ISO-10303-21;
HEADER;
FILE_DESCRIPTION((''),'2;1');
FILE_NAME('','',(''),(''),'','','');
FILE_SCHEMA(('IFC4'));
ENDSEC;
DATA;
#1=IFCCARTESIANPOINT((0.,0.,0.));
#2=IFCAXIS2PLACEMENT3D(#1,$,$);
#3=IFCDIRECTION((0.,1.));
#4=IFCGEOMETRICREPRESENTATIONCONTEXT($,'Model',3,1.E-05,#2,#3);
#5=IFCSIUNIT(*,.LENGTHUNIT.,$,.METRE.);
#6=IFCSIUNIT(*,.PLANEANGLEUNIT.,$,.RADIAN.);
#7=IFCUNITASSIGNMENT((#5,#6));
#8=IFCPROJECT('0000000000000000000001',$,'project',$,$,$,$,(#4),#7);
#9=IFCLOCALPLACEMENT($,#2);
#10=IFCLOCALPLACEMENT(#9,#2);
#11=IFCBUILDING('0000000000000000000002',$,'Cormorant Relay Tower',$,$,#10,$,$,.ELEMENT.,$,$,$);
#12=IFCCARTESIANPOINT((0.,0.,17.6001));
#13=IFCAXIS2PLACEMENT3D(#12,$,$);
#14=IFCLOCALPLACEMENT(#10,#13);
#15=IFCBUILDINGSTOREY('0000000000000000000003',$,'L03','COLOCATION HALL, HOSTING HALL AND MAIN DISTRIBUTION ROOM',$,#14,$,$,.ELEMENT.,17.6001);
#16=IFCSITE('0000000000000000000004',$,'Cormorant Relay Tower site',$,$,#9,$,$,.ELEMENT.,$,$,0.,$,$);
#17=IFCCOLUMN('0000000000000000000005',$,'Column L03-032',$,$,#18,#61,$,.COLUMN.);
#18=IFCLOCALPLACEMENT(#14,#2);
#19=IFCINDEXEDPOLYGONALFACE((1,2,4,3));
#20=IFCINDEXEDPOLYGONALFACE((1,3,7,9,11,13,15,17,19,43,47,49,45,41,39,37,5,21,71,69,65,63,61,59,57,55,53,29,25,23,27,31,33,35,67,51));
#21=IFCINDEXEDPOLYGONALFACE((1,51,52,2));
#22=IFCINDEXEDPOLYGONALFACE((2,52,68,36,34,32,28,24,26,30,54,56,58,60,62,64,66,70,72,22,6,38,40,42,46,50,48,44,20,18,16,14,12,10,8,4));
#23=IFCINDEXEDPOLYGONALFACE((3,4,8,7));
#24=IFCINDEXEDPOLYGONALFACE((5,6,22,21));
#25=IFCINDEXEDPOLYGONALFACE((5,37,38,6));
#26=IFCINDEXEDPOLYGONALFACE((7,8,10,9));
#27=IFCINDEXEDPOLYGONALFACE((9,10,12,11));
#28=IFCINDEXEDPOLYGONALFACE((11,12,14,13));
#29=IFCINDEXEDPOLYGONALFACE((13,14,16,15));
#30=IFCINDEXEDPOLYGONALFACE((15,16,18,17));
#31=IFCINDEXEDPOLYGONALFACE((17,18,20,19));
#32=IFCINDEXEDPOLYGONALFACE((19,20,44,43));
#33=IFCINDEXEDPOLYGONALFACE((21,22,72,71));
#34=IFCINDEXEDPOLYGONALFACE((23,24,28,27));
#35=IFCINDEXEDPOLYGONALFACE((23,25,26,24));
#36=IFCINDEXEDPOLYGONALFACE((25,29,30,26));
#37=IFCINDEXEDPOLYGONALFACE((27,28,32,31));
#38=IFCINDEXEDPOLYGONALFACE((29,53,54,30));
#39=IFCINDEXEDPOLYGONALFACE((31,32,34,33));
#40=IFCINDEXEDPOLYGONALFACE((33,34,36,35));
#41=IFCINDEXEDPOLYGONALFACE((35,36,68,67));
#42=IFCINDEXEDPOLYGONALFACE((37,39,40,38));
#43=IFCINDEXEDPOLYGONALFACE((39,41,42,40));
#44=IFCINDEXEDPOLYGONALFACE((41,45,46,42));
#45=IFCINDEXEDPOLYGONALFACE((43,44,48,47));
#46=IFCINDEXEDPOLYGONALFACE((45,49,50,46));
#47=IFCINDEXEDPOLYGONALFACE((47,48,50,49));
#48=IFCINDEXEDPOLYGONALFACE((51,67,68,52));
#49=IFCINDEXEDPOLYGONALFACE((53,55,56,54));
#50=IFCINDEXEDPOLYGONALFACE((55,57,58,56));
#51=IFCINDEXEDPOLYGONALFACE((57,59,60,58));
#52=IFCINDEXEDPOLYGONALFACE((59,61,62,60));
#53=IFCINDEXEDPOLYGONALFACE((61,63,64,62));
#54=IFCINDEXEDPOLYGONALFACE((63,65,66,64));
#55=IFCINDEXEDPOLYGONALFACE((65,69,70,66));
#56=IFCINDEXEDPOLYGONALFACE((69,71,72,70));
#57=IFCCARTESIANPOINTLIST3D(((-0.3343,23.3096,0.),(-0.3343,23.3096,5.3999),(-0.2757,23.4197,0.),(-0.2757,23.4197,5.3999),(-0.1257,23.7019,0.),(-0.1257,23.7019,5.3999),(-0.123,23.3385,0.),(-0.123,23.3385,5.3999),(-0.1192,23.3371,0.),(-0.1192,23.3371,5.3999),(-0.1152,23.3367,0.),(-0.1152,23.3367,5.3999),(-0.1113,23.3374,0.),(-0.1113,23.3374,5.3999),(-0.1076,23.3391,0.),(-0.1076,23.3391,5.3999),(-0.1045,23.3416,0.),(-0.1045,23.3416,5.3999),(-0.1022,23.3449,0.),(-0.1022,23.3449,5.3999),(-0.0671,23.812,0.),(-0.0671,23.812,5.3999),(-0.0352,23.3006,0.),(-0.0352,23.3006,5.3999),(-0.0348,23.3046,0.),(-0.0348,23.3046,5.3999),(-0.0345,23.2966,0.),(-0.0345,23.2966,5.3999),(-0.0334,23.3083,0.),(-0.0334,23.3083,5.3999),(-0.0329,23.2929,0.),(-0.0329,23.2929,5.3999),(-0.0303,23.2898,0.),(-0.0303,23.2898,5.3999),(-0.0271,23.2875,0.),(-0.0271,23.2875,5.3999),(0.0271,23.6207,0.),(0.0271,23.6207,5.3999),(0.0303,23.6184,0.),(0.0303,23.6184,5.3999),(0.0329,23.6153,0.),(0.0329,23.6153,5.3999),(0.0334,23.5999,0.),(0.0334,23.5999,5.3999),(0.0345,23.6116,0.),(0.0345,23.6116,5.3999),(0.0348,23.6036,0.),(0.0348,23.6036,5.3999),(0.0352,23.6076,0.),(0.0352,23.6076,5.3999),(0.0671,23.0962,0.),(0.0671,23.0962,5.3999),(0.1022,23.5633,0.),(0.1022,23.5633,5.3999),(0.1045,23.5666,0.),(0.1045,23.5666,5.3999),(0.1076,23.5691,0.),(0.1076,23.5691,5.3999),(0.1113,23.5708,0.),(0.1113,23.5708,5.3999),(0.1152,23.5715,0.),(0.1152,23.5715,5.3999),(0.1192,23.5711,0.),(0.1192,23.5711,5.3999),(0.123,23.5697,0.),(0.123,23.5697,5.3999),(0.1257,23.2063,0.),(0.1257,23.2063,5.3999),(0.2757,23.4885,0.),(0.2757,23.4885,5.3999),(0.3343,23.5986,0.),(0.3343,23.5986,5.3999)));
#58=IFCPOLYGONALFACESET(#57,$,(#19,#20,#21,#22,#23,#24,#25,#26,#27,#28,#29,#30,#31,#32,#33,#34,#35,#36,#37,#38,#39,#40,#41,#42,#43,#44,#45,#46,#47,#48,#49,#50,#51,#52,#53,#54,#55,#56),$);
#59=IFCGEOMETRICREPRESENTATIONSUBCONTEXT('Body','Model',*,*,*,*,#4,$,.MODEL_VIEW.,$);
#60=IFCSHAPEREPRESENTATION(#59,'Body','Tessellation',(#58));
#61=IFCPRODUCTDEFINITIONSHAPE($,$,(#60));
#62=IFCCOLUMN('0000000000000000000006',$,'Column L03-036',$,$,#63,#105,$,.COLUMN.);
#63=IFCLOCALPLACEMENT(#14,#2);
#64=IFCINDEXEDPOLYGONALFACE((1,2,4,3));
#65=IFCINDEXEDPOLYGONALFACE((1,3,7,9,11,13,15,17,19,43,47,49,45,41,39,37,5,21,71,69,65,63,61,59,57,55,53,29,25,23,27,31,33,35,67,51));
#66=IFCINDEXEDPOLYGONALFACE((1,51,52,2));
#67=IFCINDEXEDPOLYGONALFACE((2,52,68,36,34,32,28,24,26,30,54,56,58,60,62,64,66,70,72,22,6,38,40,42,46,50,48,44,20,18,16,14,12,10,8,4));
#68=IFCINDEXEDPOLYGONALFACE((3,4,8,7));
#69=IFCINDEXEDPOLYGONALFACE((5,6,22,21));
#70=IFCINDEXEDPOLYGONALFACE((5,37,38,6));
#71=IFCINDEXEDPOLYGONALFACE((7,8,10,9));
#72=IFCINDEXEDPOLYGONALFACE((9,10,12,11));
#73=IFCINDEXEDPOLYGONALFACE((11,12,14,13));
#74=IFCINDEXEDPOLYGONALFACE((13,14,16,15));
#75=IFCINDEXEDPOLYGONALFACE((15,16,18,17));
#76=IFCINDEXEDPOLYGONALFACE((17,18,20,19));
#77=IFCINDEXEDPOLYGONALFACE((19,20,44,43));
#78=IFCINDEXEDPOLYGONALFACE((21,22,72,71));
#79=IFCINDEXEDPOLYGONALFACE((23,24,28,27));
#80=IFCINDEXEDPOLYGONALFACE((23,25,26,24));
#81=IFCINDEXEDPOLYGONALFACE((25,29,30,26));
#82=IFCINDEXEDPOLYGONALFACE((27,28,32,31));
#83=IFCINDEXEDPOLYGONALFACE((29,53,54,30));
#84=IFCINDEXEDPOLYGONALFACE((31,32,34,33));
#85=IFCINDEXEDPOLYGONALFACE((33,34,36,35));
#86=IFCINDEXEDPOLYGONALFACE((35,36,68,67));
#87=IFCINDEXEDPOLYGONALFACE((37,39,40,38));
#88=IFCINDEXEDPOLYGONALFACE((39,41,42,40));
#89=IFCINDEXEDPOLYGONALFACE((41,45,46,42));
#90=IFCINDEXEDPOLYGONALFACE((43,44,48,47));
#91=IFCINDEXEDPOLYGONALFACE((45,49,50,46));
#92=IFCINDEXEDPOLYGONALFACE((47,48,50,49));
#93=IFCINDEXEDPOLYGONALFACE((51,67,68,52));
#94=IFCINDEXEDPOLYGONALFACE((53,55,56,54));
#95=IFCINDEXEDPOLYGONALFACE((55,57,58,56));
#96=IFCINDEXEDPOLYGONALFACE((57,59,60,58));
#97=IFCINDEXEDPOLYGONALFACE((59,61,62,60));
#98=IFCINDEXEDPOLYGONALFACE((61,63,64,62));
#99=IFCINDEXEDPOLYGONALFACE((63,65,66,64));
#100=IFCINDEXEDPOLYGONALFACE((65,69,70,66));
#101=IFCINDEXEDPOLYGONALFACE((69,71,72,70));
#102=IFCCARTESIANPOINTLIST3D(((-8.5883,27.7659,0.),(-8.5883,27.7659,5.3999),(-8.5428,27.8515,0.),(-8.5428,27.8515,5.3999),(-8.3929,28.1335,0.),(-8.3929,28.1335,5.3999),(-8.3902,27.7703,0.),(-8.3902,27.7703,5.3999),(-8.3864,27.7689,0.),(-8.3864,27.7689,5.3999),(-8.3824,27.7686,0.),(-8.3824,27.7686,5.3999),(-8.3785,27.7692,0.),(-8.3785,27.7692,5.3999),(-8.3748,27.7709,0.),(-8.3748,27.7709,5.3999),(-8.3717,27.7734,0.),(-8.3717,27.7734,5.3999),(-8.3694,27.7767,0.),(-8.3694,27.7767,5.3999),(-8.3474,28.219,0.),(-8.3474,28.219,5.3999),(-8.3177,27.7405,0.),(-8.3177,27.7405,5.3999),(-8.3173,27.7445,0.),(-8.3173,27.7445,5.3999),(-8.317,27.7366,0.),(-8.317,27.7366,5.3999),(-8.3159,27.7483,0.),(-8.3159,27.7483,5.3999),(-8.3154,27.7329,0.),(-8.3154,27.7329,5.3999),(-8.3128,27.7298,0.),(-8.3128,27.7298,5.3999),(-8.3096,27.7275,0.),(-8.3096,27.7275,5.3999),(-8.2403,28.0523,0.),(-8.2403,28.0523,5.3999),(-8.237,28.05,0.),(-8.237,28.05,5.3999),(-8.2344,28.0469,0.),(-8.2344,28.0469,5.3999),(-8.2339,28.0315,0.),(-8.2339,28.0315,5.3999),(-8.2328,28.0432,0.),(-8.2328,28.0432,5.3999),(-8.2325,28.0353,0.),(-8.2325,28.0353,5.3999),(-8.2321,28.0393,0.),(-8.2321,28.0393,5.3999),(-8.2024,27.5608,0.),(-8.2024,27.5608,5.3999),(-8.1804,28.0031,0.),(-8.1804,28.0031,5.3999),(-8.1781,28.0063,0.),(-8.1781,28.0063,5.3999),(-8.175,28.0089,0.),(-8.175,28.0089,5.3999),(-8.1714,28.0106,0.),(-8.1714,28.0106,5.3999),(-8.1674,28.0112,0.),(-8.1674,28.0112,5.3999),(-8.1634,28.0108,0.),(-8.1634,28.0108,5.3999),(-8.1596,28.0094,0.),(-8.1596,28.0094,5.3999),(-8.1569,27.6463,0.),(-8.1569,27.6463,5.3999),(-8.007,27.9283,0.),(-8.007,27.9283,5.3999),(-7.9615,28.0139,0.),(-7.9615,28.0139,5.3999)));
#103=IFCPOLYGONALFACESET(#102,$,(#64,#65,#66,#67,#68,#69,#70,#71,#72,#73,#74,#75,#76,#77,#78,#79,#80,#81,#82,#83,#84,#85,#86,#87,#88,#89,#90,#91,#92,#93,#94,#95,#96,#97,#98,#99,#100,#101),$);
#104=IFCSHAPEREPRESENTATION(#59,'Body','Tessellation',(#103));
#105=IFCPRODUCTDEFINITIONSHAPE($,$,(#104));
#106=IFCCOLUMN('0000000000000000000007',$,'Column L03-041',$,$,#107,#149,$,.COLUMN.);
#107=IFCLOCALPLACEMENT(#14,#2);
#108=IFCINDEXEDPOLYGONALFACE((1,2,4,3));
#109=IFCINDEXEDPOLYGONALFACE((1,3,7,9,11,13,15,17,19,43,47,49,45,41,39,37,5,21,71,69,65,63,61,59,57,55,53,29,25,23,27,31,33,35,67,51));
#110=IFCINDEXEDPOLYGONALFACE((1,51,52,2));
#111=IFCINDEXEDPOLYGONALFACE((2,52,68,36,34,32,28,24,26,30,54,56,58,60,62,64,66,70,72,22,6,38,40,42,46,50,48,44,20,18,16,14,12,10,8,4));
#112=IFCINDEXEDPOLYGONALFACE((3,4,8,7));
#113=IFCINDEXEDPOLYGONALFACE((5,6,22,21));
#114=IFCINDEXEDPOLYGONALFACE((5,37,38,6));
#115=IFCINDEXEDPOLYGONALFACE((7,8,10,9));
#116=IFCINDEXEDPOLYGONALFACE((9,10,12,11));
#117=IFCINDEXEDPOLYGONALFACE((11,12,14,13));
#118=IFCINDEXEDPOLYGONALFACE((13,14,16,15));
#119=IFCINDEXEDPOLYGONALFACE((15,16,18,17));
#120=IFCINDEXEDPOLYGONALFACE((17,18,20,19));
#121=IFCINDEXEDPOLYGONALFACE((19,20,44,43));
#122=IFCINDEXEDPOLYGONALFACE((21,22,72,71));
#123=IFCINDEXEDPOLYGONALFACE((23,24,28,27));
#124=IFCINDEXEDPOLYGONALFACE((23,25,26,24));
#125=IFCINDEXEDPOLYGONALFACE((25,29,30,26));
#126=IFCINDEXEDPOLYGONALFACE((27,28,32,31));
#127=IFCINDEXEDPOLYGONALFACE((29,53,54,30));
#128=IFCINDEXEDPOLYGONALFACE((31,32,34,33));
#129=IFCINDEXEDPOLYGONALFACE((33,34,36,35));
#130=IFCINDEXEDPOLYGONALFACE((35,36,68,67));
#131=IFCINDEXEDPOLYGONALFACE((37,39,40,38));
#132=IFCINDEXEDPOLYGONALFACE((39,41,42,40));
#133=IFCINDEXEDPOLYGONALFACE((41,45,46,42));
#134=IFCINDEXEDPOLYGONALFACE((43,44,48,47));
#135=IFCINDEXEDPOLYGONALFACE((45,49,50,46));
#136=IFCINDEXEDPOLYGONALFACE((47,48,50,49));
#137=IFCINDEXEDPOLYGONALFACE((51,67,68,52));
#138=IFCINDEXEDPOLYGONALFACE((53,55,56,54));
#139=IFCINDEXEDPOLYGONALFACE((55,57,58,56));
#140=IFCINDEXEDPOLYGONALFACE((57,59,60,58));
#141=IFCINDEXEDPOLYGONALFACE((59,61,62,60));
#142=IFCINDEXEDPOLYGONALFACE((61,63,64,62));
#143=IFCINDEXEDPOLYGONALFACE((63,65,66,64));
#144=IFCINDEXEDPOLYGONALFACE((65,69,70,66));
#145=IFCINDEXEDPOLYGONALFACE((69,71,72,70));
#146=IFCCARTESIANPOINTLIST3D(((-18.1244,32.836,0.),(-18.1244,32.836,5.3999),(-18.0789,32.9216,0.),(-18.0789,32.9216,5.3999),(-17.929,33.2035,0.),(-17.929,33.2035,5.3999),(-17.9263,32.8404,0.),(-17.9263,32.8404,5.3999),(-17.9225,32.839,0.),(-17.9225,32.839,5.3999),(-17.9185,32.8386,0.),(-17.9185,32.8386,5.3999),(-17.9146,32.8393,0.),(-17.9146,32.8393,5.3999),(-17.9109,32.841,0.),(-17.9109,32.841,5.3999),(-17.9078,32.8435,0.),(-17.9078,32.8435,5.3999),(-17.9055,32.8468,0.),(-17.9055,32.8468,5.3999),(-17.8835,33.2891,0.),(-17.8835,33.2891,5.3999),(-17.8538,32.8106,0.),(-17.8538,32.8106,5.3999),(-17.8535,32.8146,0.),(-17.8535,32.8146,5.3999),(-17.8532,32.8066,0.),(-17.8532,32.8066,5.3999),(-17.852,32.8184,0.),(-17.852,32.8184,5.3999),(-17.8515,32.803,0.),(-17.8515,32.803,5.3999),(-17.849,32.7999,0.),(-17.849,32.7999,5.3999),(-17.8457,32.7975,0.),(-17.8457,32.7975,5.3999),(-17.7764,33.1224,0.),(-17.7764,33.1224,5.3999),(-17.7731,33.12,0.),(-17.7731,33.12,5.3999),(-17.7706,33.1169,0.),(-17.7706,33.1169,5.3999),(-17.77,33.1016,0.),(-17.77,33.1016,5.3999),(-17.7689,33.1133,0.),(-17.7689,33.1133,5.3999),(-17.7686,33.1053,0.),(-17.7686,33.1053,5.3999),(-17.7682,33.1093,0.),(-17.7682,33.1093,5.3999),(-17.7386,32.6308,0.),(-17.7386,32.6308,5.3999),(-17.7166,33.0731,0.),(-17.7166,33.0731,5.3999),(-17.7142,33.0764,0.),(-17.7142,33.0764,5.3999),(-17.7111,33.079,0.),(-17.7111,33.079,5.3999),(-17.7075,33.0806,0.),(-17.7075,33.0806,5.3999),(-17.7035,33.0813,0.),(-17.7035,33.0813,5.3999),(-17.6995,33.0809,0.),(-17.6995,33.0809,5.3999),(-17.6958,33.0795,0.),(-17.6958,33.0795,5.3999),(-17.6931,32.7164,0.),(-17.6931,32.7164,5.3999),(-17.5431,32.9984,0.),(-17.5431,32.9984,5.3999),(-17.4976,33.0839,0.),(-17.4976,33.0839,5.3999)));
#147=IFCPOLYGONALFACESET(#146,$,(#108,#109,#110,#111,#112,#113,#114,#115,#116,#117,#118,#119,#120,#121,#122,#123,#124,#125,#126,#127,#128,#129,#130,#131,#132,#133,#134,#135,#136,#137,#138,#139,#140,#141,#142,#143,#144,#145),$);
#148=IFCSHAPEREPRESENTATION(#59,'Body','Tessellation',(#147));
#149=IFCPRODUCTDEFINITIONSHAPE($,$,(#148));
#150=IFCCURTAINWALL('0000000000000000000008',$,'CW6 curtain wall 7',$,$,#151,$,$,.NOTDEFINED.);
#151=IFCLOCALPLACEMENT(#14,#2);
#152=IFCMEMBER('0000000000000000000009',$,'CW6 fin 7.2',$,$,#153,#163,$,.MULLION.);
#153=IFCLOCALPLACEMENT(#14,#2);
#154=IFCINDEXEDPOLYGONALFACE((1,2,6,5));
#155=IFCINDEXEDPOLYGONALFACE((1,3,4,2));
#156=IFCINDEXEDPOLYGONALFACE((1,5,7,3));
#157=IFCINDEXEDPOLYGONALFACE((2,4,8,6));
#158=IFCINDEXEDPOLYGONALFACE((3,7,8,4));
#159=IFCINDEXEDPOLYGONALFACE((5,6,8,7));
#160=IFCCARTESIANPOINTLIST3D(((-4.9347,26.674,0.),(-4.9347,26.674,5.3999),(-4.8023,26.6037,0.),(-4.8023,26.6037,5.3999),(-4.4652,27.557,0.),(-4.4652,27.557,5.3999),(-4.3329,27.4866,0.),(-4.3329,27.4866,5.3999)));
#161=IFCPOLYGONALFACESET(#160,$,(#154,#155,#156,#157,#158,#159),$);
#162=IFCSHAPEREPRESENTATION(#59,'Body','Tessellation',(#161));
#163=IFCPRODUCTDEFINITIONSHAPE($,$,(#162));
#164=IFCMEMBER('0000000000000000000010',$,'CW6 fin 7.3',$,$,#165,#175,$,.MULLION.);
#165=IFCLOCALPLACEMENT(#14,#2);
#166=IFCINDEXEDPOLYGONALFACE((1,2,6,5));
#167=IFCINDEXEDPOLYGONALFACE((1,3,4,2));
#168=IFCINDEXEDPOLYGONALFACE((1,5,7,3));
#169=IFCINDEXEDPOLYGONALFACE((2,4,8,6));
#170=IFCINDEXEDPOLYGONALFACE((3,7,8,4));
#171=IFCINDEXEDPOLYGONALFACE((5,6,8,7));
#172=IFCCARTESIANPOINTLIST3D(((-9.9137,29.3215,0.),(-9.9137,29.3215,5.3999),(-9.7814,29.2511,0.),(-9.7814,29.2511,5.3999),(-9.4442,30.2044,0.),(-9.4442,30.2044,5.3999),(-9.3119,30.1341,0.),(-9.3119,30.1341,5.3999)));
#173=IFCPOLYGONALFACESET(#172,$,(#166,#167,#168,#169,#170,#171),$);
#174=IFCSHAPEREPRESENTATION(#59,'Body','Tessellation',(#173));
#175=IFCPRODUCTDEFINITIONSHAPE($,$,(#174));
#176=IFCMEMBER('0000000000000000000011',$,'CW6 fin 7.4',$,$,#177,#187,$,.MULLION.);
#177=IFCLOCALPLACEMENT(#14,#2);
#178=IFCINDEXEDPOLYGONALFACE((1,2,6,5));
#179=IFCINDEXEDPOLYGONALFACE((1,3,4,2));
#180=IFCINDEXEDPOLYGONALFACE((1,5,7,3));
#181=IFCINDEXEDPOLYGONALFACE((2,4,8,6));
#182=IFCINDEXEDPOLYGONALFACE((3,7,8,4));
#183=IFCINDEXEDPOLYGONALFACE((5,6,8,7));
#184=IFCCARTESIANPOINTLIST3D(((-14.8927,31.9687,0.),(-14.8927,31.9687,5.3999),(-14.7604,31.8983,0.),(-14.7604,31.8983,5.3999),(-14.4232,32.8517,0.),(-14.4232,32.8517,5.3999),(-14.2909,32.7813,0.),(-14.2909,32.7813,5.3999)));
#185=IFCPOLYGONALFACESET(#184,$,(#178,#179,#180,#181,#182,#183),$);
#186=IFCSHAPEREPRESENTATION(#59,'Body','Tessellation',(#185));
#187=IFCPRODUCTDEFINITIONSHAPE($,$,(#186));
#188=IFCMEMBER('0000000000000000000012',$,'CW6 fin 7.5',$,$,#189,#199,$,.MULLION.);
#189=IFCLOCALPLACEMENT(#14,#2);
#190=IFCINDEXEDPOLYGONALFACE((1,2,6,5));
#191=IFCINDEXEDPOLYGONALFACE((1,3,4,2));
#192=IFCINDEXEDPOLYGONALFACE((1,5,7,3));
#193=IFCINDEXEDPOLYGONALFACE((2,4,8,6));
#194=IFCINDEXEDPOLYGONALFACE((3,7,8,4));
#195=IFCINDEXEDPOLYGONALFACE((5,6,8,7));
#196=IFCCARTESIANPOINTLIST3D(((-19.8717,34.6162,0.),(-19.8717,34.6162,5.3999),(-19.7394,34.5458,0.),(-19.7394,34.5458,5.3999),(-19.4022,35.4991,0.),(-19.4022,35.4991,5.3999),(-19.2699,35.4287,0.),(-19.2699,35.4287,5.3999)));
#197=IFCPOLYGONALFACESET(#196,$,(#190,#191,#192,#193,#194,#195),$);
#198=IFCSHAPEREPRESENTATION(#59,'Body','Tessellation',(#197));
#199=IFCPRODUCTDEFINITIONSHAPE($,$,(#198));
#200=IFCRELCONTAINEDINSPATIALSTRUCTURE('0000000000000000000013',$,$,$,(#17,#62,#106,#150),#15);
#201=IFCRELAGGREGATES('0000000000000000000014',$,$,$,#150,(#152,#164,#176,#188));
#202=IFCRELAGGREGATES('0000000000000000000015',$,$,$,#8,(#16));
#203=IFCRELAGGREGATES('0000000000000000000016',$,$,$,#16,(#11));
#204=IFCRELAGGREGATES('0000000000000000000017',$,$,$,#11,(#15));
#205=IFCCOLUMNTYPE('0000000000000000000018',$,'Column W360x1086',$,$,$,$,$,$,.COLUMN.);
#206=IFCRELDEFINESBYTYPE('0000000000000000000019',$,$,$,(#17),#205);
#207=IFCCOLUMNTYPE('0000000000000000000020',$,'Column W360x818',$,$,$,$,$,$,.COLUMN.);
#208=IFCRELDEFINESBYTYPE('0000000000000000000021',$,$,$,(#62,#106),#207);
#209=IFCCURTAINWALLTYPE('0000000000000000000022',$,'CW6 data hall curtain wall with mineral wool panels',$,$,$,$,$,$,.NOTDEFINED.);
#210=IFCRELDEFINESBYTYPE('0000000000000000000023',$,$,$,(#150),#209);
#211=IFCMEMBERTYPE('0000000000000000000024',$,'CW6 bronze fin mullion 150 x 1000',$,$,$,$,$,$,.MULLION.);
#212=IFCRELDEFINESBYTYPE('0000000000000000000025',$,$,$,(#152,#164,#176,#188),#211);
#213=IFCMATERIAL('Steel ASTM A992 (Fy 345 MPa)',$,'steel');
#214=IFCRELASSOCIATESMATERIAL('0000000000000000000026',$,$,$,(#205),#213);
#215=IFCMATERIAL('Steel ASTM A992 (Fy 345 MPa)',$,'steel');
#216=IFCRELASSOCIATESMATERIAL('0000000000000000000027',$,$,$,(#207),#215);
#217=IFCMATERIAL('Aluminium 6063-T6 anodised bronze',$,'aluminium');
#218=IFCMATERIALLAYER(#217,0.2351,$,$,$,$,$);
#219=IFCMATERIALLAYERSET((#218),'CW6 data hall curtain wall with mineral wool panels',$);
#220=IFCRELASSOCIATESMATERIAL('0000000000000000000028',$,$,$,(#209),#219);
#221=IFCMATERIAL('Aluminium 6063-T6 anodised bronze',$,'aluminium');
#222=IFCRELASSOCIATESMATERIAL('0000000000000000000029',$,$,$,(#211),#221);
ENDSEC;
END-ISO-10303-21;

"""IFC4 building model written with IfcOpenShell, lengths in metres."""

from ifc_helpers import new_model, si_unit, direction, frame, origin, origin_2d, place, context, subcontext, project, spatial, rectangle, i_section, extrude, material, layer, layer_set, material_profile, profile_set, type_object, element, aggregate, save


model = new_model("IFC4")

# Units and contexts
model_context = context("Model", 3, precision=1e-05, world=origin(), true_north=direction((0.0, 1.0)))
body_context = subcontext(model_context, "Body", "Model", "MODEL_VIEW")
ifc_project = project(units=[si_unit("LENGTHUNIT", "METRE"), si_unit("PLANEANGLEUNIT", "RADIAN")], contexts=[model_context])

# Site, building, storey
site_placement = place(None, origin())
site = spatial("IfcSite", under=ifc_project, at=site_placement, Name="Cormorant Relay Tower site", CompositionType="ELEMENT", RefElevation=0.0)
building_placement = place(site_placement, origin())
building = spatial("IfcBuilding", under=site, at=building_placement, Name="Cormorant Relay Tower", CompositionType="ELEMENT")
storey_placement = place(building_placement, frame((0.0, 0.0, 17.6001)))
storey = spatial("IfcBuildingStorey", under=building, at=storey_placement, Name="L03", Description="COLOCATION HALL, HOSTING HALL AND MAIN DISTRIBUTION ROOM", CompositionType="ELEMENT", Elevation=17.6001)

# Columns
ifc_material_1 = material(Name="Steel ASTM A992 (Fy 345 MPa)", Category="steel")
ifc_material_profile_1 = material_profile(ifc_material_1, i_section(OverallWidth=0.4546, OverallDepth=0.5691, WebThickness=0.0779, FlangeThickness=0.1248, FilletRadius=0.0154, at=origin_2d()), Name="W360x1086")
ifc_profile_set_1 = profile_set([ifc_material_profile_1], Name="Steel ASTM A992 (Fy 345 MPa)")
column_type_1 = type_object("IfcColumnType", Name="Column W360x1086", PredefinedType="COLUMN", material=ifc_profile_set_1)
column_placement = place(storey_placement, frame((0.0, 23.4541, 0.0), z_axis=(0.0, 0.0, 1.0), x_axis=(-0.882948, 0.469472, 0.0)))
element("IfcColumn", 1, at=column_placement, inside=storey, type_object=column_type_1, Name="Column L03-032", PredefinedType="COLUMN", context=body_context, shape_type="SweptSolid", body=[
    extrude(i_section(OverallWidth=0.4546, OverallDepth=0.5691, WebThickness=0.0779, FlangeThickness=0.1248, FilletRadius=0.0154, at=origin_2d()), origin(), (0.0, 0.0, 1.0), 5.3999),
])
ifc_material_2 = material(Name="Steel ASTM A992 (Fy 345 MPa)", Category="steel")
ifc_material_profile_2 = material_profile(ifc_material_2, i_section(OverallWidth=0.437, OverallDepth=0.5132, WebThickness=0.0605, FlangeThickness=0.0969, FilletRadius=0.0154, at=origin_2d()), Name="W360x818")
ifc_profile_set_2 = profile_set([ifc_material_profile_2], Name="Steel ASTM A992 (Fy 345 MPa)")
column_type_2 = type_object("IfcColumnType", Name="Column W360x818", PredefinedType="COLUMN", material=ifc_profile_set_2)
for number, where, z_axis, x_axis, name in (
    (2, (-8.2749, 27.8899, 0.0), (0.0, 0.0, 1.0), (-0.882948, 0.469472, 0.0), "Column L03-036"),
    (3, (-17.811, 32.96, 0.0), (0.0, 0.0, 1.0), (-0.882948, 0.469472, 0.0), "Column L03-041"),
):
    element("IfcColumn", number, at=place(storey_placement, frame(where, z_axis=z_axis, x_axis=x_axis)), inside=storey, type_object=column_type_2, Name=name, PredefinedType="COLUMN", context=body_context, shape_type="SweptSolid", body=[
        extrude(i_section(OverallWidth=0.437, OverallDepth=0.5132, WebThickness=0.0605, FlangeThickness=0.0969, FilletRadius=0.0154, at=origin_2d()), origin(), (0.0, 0.0, 1.0), 5.3999),
    ])

# Curtain wall, members
ifc_material_3 = material(Name="Aluminium 6063-T6 anodised bronze", Category="aluminium")
ifc_layer_1 = layer(ifc_material_3, 0.2351)
ifc_layer_set_1 = layer_set([ifc_layer_1], Name="CW6 data hall curtain wall with mineral wool panels")
curtain_wall_type = type_object("IfcCurtainWallType", Name="CW6 data hall curtain wall with mineral wool panels", PredefinedType="NOTDEFINED", material=ifc_layer_set_1)
curtain_wall_placement = place(storey_placement, origin())
curtain_wall = element("IfcCurtainWall", 4, at=curtain_wall_placement, inside=storey, type_object=curtain_wall_type, Name="CW6 curtain wall 7", PredefinedType="NOTDEFINED")
ifc_material_4 = material(Name="Aluminium 6063-T6 anodised bronze", Category="aluminium")
ifc_material_profile_3 = material_profile(ifc_material_4, rectangle(XDim=0.1499, YDim=1.0, at=origin_2d()), Name="AL 150x1000")
ifc_profile_set_3 = profile_set([ifc_material_profile_3], Name="Aluminium 6063-T6 anodised bronze")
member_type = type_object("IfcMemberType", Name="CW6 bronze fin mullion 150 x 1000", PredefinedType="MULLION", material=ifc_profile_set_3)
member_1_placement = place(storey_placement, frame((-4.6338, 27.0803, 0.0), z_axis=(0.0, 0.0, 1.0), x_axis=(-0.882948, 0.469472, 0.0)))
member_1 = element("IfcMember", 5, at=member_1_placement, type_object=member_type, Name="CW6 fin 7.2", PredefinedType="MULLION", context=body_context, shape_type="SweptSolid", body=[
    extrude(rectangle(XDim=0.1499, YDim=1.0, at=origin_2d()), origin(), (0.0, 0.0, 1.0), 5.3999),
])
member_2_placement = place(storey_placement, frame((-9.6128, 29.7278, 0.0), z_axis=(0.0, 0.0, 1.0), x_axis=(-0.882948, 0.469472, 0.0)))
member_2 = element("IfcMember", 6, at=member_2_placement, type_object=member_type, Name="CW6 fin 7.3", PredefinedType="MULLION", context=body_context, shape_type="SweptSolid", body=[
    extrude(rectangle(XDim=0.1499, YDim=1.0, at=origin_2d()), origin(), (0.0, 0.0, 1.0), 5.3999),
])
member_3_placement = place(storey_placement, frame((-14.5918, 32.375, 0.0), z_axis=(0.0, 0.0, 1.0), x_axis=(-0.882948, 0.469472, 0.0)))
member_3 = element("IfcMember", 7, at=member_3_placement, type_object=member_type, Name="CW6 fin 7.4", PredefinedType="MULLION", context=body_context, shape_type="SweptSolid", body=[
    extrude(rectangle(XDim=0.1499, YDim=1.0, at=origin_2d()), origin(), (0.0, 0.0, 1.0), 5.3999),
])
member_4_placement = place(storey_placement, frame((-19.5708, 35.0225, 0.0), z_axis=(0.0, 0.0, 1.0), x_axis=(-0.882948, 0.469472, 0.0)))
member_4 = element("IfcMember", 8, at=member_4_placement, type_object=member_type, Name="CW6 fin 7.5", PredefinedType="MULLION", context=body_context, shape_type="SweptSolid", body=[
    extrude(rectangle(XDim=0.1499, YDim=1.0, at=origin_2d()), origin(), (0.0, 0.0, 1.0), 5.3999),
])

aggregate(curtain_wall, [member_1, member_2, member_3, member_4])

save(model, "model.ifc")
